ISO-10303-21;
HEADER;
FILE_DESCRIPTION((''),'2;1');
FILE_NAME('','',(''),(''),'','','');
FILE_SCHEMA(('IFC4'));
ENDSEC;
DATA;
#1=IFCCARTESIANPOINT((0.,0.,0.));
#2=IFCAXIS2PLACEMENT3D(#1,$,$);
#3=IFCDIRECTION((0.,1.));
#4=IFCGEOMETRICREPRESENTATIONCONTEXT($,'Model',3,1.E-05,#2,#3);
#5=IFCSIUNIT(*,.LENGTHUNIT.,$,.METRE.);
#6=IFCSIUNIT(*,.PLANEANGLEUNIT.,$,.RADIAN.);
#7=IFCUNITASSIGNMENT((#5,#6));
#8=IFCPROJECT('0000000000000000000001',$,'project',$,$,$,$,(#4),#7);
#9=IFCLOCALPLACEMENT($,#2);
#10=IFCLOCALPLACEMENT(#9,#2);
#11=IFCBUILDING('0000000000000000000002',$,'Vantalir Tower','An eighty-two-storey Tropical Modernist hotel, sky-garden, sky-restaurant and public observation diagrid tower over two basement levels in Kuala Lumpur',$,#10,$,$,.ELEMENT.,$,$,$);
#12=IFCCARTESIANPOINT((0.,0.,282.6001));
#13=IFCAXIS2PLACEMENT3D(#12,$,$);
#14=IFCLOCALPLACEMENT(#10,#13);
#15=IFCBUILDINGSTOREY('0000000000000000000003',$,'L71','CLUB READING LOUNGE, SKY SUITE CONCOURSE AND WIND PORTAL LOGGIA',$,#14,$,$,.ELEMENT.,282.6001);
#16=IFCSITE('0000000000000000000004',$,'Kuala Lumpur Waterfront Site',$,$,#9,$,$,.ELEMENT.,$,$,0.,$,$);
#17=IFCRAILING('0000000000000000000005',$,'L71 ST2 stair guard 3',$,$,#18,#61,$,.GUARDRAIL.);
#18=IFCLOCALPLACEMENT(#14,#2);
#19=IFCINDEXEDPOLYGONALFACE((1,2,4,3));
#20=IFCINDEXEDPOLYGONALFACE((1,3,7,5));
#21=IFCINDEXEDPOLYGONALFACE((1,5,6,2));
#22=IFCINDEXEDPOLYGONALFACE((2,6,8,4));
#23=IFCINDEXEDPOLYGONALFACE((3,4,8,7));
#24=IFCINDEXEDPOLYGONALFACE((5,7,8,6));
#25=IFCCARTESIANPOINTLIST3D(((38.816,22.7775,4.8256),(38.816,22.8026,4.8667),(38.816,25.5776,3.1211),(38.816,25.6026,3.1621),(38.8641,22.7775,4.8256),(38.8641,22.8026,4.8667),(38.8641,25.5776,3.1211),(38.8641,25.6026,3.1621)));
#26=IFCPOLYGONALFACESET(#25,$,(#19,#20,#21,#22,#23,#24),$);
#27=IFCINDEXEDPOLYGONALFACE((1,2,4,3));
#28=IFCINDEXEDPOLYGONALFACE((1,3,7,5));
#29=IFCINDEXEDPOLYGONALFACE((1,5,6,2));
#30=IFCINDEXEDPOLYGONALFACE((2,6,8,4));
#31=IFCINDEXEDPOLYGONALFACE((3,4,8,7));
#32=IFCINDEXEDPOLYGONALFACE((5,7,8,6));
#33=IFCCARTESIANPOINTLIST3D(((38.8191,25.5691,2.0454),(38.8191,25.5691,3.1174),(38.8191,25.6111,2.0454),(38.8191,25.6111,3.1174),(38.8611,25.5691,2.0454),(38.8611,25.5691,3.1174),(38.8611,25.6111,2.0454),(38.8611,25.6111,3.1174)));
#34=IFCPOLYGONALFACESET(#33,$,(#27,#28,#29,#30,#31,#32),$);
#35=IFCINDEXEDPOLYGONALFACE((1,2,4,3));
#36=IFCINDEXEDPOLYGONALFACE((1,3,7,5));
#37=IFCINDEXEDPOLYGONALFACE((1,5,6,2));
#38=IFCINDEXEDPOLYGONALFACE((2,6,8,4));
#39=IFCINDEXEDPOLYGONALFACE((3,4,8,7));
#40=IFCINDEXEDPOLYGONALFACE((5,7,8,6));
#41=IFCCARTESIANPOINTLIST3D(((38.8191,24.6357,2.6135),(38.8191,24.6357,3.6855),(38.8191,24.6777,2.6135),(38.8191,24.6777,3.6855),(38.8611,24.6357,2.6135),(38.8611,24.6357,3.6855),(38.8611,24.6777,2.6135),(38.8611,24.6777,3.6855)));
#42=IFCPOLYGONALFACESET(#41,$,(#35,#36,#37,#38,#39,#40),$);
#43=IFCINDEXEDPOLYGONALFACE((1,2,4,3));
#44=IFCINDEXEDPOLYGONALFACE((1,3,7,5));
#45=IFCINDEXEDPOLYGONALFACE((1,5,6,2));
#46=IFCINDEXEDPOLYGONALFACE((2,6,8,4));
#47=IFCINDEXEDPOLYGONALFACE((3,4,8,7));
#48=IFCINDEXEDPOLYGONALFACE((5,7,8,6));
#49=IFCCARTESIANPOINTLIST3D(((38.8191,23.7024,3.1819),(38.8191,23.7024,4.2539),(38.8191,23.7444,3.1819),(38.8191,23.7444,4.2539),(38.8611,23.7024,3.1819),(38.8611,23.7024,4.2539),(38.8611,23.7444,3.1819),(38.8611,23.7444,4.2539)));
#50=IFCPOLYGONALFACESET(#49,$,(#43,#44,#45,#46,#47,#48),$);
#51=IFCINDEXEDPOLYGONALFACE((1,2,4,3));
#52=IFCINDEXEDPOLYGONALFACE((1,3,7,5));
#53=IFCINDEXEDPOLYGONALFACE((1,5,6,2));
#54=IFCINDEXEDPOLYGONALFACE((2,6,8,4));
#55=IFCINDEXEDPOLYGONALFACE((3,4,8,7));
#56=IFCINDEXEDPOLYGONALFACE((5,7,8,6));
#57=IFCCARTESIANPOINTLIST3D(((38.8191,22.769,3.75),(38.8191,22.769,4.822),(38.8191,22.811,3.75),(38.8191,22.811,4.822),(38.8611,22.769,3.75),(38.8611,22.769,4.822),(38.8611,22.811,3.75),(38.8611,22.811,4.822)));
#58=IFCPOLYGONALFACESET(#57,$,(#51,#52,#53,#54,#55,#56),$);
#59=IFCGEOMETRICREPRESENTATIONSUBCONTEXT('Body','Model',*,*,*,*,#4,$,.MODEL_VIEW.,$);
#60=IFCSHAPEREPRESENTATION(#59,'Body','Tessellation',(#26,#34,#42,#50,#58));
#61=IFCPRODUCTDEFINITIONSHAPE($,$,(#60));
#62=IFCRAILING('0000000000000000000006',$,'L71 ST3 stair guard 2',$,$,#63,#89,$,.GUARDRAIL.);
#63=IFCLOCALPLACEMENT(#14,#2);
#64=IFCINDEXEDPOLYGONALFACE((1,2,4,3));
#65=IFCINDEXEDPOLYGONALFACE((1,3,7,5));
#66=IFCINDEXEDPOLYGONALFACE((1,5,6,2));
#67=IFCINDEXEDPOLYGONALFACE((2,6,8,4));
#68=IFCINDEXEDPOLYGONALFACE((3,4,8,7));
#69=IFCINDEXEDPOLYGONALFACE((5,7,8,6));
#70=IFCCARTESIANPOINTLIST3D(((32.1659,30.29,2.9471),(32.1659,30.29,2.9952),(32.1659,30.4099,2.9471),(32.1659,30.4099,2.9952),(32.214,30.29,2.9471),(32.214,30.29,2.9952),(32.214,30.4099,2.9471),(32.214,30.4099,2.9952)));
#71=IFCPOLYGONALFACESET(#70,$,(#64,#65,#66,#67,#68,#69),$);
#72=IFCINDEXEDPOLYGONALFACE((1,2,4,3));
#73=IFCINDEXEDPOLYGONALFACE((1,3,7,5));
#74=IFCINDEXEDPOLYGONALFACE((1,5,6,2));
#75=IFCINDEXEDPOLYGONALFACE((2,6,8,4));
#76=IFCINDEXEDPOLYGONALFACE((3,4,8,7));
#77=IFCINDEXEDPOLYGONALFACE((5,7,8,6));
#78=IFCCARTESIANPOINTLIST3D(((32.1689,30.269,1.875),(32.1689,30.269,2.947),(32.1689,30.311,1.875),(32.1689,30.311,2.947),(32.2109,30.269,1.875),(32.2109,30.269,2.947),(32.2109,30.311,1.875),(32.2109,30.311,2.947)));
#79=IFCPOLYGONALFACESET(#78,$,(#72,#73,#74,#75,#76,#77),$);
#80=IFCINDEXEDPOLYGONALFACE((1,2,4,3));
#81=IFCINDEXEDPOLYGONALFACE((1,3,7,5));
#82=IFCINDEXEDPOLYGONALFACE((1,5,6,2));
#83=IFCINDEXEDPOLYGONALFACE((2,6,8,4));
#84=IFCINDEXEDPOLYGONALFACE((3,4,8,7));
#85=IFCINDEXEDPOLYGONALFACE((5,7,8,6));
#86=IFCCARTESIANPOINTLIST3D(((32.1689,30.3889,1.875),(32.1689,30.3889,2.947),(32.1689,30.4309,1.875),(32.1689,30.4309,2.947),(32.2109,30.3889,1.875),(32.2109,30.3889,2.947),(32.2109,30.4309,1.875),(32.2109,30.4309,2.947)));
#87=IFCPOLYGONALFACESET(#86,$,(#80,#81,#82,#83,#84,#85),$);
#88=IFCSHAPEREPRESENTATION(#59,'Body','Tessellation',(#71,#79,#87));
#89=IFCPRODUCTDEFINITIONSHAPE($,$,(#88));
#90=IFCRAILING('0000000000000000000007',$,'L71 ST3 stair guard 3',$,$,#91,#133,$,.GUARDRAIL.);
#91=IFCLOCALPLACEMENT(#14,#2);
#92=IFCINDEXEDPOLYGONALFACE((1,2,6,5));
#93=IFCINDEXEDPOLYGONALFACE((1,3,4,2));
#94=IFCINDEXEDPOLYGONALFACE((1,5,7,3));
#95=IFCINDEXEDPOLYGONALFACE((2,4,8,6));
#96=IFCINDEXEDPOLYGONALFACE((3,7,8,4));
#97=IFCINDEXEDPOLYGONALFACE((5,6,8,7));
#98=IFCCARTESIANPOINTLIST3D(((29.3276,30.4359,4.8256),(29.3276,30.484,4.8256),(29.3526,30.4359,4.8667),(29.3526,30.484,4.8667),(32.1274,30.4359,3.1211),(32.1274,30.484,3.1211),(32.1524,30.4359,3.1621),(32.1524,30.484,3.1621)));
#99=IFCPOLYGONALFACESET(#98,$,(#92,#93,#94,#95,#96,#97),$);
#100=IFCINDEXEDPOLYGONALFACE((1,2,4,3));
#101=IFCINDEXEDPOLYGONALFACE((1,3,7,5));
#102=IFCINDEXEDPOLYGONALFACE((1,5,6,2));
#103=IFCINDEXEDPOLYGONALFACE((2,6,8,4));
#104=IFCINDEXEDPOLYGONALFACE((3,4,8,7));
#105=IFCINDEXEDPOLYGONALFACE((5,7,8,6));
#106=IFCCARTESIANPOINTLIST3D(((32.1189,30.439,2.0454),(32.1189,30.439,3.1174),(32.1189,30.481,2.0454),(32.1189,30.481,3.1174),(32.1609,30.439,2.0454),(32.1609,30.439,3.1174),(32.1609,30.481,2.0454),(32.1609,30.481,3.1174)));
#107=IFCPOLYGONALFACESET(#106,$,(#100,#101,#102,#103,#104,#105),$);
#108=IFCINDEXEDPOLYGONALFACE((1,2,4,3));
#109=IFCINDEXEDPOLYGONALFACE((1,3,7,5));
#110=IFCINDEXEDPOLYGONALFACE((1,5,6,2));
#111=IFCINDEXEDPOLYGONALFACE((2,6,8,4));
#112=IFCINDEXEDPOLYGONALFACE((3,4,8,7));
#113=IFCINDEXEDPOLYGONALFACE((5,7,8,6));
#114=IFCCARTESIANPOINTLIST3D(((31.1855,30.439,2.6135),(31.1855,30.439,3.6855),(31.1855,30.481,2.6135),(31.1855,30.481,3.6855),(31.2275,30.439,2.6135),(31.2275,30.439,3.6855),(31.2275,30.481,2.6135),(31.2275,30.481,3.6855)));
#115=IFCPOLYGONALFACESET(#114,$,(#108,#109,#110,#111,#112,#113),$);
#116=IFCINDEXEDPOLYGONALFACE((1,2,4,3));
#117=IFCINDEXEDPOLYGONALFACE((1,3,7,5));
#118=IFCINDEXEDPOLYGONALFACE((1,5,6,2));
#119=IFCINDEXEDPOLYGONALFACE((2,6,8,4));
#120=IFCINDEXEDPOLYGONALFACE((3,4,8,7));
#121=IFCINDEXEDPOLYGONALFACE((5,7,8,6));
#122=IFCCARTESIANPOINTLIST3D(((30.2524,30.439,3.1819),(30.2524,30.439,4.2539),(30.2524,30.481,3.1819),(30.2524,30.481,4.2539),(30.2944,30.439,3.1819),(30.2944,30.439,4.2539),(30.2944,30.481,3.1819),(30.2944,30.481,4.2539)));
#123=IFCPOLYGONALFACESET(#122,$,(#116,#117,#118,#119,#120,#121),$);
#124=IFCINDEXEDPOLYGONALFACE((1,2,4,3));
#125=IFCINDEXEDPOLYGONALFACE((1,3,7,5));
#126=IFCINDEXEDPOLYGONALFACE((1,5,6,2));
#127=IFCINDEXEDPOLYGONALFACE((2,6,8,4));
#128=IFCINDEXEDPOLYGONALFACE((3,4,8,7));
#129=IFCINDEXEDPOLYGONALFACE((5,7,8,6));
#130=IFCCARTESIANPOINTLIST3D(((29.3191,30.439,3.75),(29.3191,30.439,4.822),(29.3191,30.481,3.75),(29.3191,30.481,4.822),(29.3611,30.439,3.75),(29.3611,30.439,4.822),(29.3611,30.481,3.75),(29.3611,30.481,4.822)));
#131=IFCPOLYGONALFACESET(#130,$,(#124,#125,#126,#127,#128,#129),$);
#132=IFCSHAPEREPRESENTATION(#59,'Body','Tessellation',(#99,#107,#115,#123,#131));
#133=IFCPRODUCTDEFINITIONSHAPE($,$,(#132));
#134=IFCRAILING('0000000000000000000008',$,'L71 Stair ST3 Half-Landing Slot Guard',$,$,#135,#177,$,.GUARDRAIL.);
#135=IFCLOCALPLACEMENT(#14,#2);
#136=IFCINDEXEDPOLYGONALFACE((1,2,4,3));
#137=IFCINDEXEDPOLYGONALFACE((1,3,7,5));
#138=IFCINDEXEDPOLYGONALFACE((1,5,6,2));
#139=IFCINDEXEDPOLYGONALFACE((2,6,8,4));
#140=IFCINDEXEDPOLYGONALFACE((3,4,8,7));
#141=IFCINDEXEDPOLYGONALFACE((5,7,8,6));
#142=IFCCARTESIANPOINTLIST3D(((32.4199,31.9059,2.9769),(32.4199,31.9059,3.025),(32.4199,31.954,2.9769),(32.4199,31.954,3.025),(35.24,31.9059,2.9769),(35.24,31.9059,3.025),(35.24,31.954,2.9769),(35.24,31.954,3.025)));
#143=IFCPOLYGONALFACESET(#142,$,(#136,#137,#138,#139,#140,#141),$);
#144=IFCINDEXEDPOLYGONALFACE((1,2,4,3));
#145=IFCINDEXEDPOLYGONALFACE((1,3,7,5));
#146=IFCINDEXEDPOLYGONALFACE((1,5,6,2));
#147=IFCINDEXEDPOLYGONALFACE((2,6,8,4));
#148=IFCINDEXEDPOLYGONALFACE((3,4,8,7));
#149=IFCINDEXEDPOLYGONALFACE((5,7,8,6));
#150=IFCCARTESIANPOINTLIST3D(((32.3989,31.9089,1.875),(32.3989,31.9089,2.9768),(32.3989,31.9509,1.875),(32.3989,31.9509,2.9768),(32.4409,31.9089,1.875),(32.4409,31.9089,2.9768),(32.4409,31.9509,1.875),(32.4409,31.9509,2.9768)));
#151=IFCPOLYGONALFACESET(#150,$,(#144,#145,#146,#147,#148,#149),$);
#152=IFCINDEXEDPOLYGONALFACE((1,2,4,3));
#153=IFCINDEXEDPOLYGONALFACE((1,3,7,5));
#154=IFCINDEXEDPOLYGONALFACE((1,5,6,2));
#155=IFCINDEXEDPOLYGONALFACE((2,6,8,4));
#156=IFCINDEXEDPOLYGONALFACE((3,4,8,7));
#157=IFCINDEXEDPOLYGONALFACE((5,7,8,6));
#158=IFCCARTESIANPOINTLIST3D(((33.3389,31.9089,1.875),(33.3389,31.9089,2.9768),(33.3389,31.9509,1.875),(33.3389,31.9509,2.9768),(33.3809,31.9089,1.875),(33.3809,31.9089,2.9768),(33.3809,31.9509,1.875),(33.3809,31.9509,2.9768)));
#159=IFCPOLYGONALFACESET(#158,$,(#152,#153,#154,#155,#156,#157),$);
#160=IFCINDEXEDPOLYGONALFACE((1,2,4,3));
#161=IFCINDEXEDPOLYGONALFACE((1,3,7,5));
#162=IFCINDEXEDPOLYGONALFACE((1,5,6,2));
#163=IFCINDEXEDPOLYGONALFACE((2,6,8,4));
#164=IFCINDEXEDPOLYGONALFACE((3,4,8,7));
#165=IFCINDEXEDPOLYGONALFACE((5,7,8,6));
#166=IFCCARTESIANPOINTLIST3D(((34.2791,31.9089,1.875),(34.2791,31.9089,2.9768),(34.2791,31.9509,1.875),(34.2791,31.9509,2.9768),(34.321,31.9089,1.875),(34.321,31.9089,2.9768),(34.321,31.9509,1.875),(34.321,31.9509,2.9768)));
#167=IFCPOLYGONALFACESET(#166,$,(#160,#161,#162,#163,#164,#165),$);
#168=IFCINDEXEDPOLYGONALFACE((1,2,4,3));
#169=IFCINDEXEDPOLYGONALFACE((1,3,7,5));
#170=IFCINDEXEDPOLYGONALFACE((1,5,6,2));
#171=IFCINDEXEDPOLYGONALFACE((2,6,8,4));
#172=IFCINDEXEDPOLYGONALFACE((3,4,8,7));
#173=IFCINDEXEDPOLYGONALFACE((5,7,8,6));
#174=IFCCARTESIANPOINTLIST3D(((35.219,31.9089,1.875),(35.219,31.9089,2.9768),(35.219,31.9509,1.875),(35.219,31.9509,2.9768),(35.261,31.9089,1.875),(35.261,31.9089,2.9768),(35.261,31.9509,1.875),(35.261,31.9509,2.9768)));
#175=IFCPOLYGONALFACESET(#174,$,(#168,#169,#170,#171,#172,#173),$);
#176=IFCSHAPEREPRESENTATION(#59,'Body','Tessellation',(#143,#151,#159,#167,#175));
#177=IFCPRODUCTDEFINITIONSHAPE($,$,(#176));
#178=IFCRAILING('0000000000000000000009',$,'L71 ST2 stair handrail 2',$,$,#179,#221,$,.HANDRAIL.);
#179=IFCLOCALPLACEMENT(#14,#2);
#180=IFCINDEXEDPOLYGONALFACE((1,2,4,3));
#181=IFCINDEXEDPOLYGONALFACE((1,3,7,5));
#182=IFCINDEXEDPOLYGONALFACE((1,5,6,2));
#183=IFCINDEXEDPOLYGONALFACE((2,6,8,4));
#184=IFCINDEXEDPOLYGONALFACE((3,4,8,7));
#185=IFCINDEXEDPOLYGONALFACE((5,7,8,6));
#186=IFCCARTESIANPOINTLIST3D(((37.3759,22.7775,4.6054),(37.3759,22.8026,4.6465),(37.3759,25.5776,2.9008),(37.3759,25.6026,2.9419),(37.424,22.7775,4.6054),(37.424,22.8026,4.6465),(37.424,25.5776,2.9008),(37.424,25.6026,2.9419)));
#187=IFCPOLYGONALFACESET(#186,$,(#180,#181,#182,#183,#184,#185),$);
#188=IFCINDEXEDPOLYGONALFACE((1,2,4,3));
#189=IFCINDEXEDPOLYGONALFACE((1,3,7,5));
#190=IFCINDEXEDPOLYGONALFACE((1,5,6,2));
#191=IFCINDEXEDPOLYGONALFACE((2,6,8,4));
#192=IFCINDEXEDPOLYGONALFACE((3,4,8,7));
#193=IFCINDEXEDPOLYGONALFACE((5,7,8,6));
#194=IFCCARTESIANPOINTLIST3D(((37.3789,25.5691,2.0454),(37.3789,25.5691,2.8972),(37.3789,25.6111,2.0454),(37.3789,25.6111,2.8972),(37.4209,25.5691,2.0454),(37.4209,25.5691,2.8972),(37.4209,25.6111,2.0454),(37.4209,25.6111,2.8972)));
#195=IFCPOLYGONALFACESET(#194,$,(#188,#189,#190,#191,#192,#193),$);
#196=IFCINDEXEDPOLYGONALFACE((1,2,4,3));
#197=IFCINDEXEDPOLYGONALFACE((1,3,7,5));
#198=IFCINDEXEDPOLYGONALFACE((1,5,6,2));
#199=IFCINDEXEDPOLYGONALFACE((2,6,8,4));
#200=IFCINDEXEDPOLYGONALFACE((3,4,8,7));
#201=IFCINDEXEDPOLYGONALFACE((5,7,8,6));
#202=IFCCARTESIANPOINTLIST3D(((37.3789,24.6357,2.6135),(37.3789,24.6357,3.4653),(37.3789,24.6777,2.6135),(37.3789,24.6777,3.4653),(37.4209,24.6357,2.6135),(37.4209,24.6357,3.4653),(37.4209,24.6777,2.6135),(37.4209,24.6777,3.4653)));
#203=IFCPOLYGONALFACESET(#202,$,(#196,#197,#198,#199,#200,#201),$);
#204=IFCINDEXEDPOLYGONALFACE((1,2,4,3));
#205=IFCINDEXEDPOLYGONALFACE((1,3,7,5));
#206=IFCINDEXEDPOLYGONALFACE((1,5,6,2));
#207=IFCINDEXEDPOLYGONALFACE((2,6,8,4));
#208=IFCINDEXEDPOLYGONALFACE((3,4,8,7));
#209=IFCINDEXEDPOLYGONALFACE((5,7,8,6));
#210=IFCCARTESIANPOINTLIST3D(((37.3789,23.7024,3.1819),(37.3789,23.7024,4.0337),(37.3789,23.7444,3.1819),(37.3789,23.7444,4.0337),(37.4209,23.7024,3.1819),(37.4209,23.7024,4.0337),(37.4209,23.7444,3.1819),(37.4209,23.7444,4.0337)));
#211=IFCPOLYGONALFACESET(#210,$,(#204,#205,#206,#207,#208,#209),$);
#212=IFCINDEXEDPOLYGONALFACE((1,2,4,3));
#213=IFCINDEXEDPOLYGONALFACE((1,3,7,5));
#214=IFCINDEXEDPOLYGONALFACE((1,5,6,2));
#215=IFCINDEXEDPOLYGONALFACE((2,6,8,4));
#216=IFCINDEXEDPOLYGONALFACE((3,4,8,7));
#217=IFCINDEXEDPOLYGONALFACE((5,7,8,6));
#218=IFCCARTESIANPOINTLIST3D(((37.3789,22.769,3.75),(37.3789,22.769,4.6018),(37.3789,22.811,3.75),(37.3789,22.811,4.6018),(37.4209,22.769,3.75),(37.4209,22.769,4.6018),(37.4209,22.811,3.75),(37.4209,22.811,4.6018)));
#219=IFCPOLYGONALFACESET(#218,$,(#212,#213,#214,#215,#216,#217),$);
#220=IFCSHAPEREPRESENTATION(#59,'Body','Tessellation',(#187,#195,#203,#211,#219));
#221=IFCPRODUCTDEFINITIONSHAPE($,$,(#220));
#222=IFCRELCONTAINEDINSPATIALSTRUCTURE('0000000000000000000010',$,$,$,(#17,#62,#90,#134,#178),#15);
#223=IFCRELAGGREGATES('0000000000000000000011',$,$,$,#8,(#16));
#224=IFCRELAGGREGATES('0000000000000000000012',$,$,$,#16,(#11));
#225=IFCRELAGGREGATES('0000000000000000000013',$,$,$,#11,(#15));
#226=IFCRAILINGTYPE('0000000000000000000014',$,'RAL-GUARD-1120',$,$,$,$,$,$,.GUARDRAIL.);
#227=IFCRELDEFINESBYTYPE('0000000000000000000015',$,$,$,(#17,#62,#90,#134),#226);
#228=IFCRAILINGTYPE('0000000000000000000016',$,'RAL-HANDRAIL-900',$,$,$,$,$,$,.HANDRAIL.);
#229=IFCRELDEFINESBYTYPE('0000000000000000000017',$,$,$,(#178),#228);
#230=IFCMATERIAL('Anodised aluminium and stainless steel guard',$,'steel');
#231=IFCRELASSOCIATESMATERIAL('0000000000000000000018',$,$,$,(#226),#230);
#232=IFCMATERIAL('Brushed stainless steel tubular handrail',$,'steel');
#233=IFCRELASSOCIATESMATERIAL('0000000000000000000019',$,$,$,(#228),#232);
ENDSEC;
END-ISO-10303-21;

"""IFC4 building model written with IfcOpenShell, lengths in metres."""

from ifc_helpers import new_model, si_unit, direction, frame, origin, origin_2d, place, context, subcontext, project, spatial, rectangle, extrude, material, type_object, element, save


model = new_model("IFC4")

# Units and contexts
model_context = context("Model", 3, precision=1e-05, world=origin(), true_north=direction((0.0, 1.0)))
body_context = subcontext(model_context, "Body", "Model", "MODEL_VIEW")
ifc_project = project(units=[si_unit("LENGTHUNIT", "METRE"), si_unit("PLANEANGLEUNIT", "RADIAN")], contexts=[model_context])

# Site, building, storey
site_placement = place(None, origin())
site = spatial("IfcSite", under=ifc_project, at=site_placement, Name="Kuala Lumpur Waterfront Site", CompositionType="ELEMENT", RefElevation=0.0)
building_placement = place(site_placement, origin())
building = spatial("IfcBuilding", under=site, at=building_placement, Name="Vantalir Tower", Description="An eighty-two-storey Tropical Modernist hotel, sky-garden, sky-restaurant and public observation diagrid tower over two basement levels in Kuala Lumpur", CompositionType="ELEMENT")
storey_placement = place(building_placement, frame((0.0, 0.0, 282.6001)))
storey = spatial("IfcBuildingStorey", under=building, at=storey_placement, Name="L71", Description="CLUB READING LOUNGE, SKY SUITE CONCOURSE AND WIND PORTAL LOGGIA", CompositionType="ELEMENT", Elevation=282.6001)

# Railings
ifc_material_1 = material(Name="Anodised aluminium and stainless steel guard", Category="steel")
railing_type_1 = type_object("IfcRailingType", Name="RAL-GUARD-1120", PredefinedType="GUARDRAIL", material=ifc_material_1)
railing_1_placement = place(storey_placement, frame((38.8401, 25.5901, 2.0454)))
element("IfcRailing", 1, at=railing_1_placement, inside=storey, type_object=railing_type_1, Name="L71 ST2 stair guard 3", PredefinedType="GUARDRAIL", context=body_context, shape_type="SweptSolid", body=[
    extrude(rectangle(XDim=0.0481, YDim=0.0481, at=origin_2d()), frame((0.0, 0.0, 1.0962), z_axis=(0.0, -0.85417, 0.519994), x_axis=(1.0, 0.0, 0.0)), (0.0, 0.0, 1.0), 3.2781),
    extrude(rectangle(XDim=0.042, YDim=0.042, at=origin_2d()), origin(), (0.0, 0.0, 1.0), 1.072),
    extrude(rectangle(XDim=0.042, YDim=0.042, at=origin_2d()), frame((0.0, -0.9333, 0.5681)), (0.0, 0.0, 1.0), 1.072),
    extrude(rectangle(XDim=0.042, YDim=0.042, at=origin_2d()), frame((0.0, -1.8667, 1.1365)), (0.0, 0.0, 1.0), 1.072),
    extrude(rectangle(XDim=0.042, YDim=0.042, at=origin_2d()), frame((0.0, -2.8, 1.7046)), (0.0, 0.0, 1.0), 1.072),
])
railing_2_placement = place(storey_placement, frame((32.1899, 30.29, 1.875)))
element("IfcRailing", 2, at=railing_2_placement, inside=storey, type_object=railing_type_1, Name="L71 ST3 stair guard 2", PredefinedType="GUARDRAIL", context=body_context, shape_type="SweptSolid", body=[
    extrude(rectangle(XDim=0.0481, YDim=0.0481, at=origin_2d()), frame((0.0, 0.0, 1.0962), z_axis=(0.0, 1.0, 0.0), x_axis=(-1.0, 0.0, 0.0)), (0.0, 0.0, 1.0), 0.1199),
    extrude(rectangle(XDim=0.042, YDim=0.042, at=origin_2d()), origin(), (0.0, 0.0, 1.0), 1.072),
    extrude(rectangle(XDim=0.042, YDim=0.042, at=origin_2d()), frame((0.0, 0.1199, 0.0)), (0.0, 0.0, 1.0), 1.072),
])
railing_3_placement = place(storey_placement, frame((32.1399, 30.46, 2.0454)))
element("IfcRailing", 3, at=railing_3_placement, inside=storey, type_object=railing_type_1, Name="L71 ST3 stair guard 3", PredefinedType="GUARDRAIL", context=body_context, shape_type="SweptSolid", body=[
    extrude(rectangle(XDim=0.0481, YDim=0.0481, at=origin_2d()), frame((0.0, 0.0, 1.0962), z_axis=(-0.85415, 0.0, 0.520027), x_axis=(0.0, -1.0, 0.0)), (0.0, 0.0, 1.0), 3.2778),
    extrude(rectangle(XDim=0.042, YDim=0.042, at=origin_2d()), origin(), (0.0, 0.0, 1.0), 1.072),
    extrude(rectangle(XDim=0.042, YDim=0.042, at=origin_2d()), frame((-0.9333, 0.0, 0.5681)), (0.0, 0.0, 1.0), 1.072),
    extrude(rectangle(XDim=0.042, YDim=0.042, at=origin_2d()), frame((-1.8665, 0.0, 1.1365)), (0.0, 0.0, 1.0), 1.072),
    extrude(rectangle(XDim=0.042, YDim=0.042, at=origin_2d()), frame((-2.7998, 0.0, 1.7046)), (0.0, 0.0, 1.0), 1.072),
])
railing_4_placement = place(storey_placement, frame((32.4199, 31.9299, 1.875)))
element("IfcRailing", 4, at=railing_4_placement, inside=storey, type_object=railing_type_1, Name="L71 Stair ST3 Half-Landing Slot Guard", PredefinedType="GUARDRAIL", context=body_context, shape_type="SweptSolid", body=[
    extrude(rectangle(XDim=0.0481, YDim=0.0481, at=origin_2d()), frame((0.0, 0.0, 1.126), z_axis=(1.0, 0.0, 0.0), x_axis=(0.0, 1.0, 0.0)), (0.0, 0.0, 1.0), 2.8201),
    extrude(rectangle(XDim=0.042, YDim=0.042, at=origin_2d()), origin(), (0.0, 0.0, 1.0), 1.1018),
    extrude(rectangle(XDim=0.042, YDim=0.042, at=origin_2d()), frame((0.9399, 0.0, 0.0)), (0.0, 0.0, 1.0), 1.1018),
    extrude(rectangle(XDim=0.042, YDim=0.042, at=origin_2d()), frame((1.8801, 0.0, 0.0)), (0.0, 0.0, 1.0), 1.1018),
    extrude(rectangle(XDim=0.042, YDim=0.042, at=origin_2d()), frame((2.8201, 0.0, 0.0)), (0.0, 0.0, 1.0), 1.1018),
])
ifc_material_2 = material(Name="Brushed stainless steel tubular handrail", Category="steel")
railing_type_2 = type_object("IfcRailingType", Name="RAL-HANDRAIL-900", PredefinedType="HANDRAIL", material=ifc_material_2)
railing_5_placement = place(storey_placement, frame((37.3999, 25.5901, 2.0454)))
element("IfcRailing", 5, at=railing_5_placement, inside=storey, type_object=railing_type_2, Name="L71 ST2 stair handrail 2", PredefinedType="HANDRAIL", context=body_context, shape_type="SweptSolid", body=[
    extrude(rectangle(XDim=0.0481, YDim=0.0481, at=origin_2d()), frame((0.0, 0.0, 0.876), z_axis=(0.0, -0.85417, 0.519994), x_axis=(1.0, 0.0, 0.0)), (0.0, 0.0, 1.0), 3.2781),
    extrude(rectangle(XDim=0.042, YDim=0.042, at=origin_2d()), origin(), (0.0, 0.0, 1.0), 0.8518),
    extrude(rectangle(XDim=0.042, YDim=0.042, at=origin_2d()), frame((0.0, -0.9333, 0.5681)), (0.0, 0.0, 1.0), 0.8518),
    extrude(rectangle(XDim=0.042, YDim=0.042, at=origin_2d()), frame((0.0, -1.8667, 1.1365)), (0.0, 0.0, 1.0), 0.8518),
    extrude(rectangle(XDim=0.042, YDim=0.042, at=origin_2d()), frame((0.0, -2.8, 1.7046)), (0.0, 0.0, 1.0), 0.8518),
])

save(model, "model.ifc")
